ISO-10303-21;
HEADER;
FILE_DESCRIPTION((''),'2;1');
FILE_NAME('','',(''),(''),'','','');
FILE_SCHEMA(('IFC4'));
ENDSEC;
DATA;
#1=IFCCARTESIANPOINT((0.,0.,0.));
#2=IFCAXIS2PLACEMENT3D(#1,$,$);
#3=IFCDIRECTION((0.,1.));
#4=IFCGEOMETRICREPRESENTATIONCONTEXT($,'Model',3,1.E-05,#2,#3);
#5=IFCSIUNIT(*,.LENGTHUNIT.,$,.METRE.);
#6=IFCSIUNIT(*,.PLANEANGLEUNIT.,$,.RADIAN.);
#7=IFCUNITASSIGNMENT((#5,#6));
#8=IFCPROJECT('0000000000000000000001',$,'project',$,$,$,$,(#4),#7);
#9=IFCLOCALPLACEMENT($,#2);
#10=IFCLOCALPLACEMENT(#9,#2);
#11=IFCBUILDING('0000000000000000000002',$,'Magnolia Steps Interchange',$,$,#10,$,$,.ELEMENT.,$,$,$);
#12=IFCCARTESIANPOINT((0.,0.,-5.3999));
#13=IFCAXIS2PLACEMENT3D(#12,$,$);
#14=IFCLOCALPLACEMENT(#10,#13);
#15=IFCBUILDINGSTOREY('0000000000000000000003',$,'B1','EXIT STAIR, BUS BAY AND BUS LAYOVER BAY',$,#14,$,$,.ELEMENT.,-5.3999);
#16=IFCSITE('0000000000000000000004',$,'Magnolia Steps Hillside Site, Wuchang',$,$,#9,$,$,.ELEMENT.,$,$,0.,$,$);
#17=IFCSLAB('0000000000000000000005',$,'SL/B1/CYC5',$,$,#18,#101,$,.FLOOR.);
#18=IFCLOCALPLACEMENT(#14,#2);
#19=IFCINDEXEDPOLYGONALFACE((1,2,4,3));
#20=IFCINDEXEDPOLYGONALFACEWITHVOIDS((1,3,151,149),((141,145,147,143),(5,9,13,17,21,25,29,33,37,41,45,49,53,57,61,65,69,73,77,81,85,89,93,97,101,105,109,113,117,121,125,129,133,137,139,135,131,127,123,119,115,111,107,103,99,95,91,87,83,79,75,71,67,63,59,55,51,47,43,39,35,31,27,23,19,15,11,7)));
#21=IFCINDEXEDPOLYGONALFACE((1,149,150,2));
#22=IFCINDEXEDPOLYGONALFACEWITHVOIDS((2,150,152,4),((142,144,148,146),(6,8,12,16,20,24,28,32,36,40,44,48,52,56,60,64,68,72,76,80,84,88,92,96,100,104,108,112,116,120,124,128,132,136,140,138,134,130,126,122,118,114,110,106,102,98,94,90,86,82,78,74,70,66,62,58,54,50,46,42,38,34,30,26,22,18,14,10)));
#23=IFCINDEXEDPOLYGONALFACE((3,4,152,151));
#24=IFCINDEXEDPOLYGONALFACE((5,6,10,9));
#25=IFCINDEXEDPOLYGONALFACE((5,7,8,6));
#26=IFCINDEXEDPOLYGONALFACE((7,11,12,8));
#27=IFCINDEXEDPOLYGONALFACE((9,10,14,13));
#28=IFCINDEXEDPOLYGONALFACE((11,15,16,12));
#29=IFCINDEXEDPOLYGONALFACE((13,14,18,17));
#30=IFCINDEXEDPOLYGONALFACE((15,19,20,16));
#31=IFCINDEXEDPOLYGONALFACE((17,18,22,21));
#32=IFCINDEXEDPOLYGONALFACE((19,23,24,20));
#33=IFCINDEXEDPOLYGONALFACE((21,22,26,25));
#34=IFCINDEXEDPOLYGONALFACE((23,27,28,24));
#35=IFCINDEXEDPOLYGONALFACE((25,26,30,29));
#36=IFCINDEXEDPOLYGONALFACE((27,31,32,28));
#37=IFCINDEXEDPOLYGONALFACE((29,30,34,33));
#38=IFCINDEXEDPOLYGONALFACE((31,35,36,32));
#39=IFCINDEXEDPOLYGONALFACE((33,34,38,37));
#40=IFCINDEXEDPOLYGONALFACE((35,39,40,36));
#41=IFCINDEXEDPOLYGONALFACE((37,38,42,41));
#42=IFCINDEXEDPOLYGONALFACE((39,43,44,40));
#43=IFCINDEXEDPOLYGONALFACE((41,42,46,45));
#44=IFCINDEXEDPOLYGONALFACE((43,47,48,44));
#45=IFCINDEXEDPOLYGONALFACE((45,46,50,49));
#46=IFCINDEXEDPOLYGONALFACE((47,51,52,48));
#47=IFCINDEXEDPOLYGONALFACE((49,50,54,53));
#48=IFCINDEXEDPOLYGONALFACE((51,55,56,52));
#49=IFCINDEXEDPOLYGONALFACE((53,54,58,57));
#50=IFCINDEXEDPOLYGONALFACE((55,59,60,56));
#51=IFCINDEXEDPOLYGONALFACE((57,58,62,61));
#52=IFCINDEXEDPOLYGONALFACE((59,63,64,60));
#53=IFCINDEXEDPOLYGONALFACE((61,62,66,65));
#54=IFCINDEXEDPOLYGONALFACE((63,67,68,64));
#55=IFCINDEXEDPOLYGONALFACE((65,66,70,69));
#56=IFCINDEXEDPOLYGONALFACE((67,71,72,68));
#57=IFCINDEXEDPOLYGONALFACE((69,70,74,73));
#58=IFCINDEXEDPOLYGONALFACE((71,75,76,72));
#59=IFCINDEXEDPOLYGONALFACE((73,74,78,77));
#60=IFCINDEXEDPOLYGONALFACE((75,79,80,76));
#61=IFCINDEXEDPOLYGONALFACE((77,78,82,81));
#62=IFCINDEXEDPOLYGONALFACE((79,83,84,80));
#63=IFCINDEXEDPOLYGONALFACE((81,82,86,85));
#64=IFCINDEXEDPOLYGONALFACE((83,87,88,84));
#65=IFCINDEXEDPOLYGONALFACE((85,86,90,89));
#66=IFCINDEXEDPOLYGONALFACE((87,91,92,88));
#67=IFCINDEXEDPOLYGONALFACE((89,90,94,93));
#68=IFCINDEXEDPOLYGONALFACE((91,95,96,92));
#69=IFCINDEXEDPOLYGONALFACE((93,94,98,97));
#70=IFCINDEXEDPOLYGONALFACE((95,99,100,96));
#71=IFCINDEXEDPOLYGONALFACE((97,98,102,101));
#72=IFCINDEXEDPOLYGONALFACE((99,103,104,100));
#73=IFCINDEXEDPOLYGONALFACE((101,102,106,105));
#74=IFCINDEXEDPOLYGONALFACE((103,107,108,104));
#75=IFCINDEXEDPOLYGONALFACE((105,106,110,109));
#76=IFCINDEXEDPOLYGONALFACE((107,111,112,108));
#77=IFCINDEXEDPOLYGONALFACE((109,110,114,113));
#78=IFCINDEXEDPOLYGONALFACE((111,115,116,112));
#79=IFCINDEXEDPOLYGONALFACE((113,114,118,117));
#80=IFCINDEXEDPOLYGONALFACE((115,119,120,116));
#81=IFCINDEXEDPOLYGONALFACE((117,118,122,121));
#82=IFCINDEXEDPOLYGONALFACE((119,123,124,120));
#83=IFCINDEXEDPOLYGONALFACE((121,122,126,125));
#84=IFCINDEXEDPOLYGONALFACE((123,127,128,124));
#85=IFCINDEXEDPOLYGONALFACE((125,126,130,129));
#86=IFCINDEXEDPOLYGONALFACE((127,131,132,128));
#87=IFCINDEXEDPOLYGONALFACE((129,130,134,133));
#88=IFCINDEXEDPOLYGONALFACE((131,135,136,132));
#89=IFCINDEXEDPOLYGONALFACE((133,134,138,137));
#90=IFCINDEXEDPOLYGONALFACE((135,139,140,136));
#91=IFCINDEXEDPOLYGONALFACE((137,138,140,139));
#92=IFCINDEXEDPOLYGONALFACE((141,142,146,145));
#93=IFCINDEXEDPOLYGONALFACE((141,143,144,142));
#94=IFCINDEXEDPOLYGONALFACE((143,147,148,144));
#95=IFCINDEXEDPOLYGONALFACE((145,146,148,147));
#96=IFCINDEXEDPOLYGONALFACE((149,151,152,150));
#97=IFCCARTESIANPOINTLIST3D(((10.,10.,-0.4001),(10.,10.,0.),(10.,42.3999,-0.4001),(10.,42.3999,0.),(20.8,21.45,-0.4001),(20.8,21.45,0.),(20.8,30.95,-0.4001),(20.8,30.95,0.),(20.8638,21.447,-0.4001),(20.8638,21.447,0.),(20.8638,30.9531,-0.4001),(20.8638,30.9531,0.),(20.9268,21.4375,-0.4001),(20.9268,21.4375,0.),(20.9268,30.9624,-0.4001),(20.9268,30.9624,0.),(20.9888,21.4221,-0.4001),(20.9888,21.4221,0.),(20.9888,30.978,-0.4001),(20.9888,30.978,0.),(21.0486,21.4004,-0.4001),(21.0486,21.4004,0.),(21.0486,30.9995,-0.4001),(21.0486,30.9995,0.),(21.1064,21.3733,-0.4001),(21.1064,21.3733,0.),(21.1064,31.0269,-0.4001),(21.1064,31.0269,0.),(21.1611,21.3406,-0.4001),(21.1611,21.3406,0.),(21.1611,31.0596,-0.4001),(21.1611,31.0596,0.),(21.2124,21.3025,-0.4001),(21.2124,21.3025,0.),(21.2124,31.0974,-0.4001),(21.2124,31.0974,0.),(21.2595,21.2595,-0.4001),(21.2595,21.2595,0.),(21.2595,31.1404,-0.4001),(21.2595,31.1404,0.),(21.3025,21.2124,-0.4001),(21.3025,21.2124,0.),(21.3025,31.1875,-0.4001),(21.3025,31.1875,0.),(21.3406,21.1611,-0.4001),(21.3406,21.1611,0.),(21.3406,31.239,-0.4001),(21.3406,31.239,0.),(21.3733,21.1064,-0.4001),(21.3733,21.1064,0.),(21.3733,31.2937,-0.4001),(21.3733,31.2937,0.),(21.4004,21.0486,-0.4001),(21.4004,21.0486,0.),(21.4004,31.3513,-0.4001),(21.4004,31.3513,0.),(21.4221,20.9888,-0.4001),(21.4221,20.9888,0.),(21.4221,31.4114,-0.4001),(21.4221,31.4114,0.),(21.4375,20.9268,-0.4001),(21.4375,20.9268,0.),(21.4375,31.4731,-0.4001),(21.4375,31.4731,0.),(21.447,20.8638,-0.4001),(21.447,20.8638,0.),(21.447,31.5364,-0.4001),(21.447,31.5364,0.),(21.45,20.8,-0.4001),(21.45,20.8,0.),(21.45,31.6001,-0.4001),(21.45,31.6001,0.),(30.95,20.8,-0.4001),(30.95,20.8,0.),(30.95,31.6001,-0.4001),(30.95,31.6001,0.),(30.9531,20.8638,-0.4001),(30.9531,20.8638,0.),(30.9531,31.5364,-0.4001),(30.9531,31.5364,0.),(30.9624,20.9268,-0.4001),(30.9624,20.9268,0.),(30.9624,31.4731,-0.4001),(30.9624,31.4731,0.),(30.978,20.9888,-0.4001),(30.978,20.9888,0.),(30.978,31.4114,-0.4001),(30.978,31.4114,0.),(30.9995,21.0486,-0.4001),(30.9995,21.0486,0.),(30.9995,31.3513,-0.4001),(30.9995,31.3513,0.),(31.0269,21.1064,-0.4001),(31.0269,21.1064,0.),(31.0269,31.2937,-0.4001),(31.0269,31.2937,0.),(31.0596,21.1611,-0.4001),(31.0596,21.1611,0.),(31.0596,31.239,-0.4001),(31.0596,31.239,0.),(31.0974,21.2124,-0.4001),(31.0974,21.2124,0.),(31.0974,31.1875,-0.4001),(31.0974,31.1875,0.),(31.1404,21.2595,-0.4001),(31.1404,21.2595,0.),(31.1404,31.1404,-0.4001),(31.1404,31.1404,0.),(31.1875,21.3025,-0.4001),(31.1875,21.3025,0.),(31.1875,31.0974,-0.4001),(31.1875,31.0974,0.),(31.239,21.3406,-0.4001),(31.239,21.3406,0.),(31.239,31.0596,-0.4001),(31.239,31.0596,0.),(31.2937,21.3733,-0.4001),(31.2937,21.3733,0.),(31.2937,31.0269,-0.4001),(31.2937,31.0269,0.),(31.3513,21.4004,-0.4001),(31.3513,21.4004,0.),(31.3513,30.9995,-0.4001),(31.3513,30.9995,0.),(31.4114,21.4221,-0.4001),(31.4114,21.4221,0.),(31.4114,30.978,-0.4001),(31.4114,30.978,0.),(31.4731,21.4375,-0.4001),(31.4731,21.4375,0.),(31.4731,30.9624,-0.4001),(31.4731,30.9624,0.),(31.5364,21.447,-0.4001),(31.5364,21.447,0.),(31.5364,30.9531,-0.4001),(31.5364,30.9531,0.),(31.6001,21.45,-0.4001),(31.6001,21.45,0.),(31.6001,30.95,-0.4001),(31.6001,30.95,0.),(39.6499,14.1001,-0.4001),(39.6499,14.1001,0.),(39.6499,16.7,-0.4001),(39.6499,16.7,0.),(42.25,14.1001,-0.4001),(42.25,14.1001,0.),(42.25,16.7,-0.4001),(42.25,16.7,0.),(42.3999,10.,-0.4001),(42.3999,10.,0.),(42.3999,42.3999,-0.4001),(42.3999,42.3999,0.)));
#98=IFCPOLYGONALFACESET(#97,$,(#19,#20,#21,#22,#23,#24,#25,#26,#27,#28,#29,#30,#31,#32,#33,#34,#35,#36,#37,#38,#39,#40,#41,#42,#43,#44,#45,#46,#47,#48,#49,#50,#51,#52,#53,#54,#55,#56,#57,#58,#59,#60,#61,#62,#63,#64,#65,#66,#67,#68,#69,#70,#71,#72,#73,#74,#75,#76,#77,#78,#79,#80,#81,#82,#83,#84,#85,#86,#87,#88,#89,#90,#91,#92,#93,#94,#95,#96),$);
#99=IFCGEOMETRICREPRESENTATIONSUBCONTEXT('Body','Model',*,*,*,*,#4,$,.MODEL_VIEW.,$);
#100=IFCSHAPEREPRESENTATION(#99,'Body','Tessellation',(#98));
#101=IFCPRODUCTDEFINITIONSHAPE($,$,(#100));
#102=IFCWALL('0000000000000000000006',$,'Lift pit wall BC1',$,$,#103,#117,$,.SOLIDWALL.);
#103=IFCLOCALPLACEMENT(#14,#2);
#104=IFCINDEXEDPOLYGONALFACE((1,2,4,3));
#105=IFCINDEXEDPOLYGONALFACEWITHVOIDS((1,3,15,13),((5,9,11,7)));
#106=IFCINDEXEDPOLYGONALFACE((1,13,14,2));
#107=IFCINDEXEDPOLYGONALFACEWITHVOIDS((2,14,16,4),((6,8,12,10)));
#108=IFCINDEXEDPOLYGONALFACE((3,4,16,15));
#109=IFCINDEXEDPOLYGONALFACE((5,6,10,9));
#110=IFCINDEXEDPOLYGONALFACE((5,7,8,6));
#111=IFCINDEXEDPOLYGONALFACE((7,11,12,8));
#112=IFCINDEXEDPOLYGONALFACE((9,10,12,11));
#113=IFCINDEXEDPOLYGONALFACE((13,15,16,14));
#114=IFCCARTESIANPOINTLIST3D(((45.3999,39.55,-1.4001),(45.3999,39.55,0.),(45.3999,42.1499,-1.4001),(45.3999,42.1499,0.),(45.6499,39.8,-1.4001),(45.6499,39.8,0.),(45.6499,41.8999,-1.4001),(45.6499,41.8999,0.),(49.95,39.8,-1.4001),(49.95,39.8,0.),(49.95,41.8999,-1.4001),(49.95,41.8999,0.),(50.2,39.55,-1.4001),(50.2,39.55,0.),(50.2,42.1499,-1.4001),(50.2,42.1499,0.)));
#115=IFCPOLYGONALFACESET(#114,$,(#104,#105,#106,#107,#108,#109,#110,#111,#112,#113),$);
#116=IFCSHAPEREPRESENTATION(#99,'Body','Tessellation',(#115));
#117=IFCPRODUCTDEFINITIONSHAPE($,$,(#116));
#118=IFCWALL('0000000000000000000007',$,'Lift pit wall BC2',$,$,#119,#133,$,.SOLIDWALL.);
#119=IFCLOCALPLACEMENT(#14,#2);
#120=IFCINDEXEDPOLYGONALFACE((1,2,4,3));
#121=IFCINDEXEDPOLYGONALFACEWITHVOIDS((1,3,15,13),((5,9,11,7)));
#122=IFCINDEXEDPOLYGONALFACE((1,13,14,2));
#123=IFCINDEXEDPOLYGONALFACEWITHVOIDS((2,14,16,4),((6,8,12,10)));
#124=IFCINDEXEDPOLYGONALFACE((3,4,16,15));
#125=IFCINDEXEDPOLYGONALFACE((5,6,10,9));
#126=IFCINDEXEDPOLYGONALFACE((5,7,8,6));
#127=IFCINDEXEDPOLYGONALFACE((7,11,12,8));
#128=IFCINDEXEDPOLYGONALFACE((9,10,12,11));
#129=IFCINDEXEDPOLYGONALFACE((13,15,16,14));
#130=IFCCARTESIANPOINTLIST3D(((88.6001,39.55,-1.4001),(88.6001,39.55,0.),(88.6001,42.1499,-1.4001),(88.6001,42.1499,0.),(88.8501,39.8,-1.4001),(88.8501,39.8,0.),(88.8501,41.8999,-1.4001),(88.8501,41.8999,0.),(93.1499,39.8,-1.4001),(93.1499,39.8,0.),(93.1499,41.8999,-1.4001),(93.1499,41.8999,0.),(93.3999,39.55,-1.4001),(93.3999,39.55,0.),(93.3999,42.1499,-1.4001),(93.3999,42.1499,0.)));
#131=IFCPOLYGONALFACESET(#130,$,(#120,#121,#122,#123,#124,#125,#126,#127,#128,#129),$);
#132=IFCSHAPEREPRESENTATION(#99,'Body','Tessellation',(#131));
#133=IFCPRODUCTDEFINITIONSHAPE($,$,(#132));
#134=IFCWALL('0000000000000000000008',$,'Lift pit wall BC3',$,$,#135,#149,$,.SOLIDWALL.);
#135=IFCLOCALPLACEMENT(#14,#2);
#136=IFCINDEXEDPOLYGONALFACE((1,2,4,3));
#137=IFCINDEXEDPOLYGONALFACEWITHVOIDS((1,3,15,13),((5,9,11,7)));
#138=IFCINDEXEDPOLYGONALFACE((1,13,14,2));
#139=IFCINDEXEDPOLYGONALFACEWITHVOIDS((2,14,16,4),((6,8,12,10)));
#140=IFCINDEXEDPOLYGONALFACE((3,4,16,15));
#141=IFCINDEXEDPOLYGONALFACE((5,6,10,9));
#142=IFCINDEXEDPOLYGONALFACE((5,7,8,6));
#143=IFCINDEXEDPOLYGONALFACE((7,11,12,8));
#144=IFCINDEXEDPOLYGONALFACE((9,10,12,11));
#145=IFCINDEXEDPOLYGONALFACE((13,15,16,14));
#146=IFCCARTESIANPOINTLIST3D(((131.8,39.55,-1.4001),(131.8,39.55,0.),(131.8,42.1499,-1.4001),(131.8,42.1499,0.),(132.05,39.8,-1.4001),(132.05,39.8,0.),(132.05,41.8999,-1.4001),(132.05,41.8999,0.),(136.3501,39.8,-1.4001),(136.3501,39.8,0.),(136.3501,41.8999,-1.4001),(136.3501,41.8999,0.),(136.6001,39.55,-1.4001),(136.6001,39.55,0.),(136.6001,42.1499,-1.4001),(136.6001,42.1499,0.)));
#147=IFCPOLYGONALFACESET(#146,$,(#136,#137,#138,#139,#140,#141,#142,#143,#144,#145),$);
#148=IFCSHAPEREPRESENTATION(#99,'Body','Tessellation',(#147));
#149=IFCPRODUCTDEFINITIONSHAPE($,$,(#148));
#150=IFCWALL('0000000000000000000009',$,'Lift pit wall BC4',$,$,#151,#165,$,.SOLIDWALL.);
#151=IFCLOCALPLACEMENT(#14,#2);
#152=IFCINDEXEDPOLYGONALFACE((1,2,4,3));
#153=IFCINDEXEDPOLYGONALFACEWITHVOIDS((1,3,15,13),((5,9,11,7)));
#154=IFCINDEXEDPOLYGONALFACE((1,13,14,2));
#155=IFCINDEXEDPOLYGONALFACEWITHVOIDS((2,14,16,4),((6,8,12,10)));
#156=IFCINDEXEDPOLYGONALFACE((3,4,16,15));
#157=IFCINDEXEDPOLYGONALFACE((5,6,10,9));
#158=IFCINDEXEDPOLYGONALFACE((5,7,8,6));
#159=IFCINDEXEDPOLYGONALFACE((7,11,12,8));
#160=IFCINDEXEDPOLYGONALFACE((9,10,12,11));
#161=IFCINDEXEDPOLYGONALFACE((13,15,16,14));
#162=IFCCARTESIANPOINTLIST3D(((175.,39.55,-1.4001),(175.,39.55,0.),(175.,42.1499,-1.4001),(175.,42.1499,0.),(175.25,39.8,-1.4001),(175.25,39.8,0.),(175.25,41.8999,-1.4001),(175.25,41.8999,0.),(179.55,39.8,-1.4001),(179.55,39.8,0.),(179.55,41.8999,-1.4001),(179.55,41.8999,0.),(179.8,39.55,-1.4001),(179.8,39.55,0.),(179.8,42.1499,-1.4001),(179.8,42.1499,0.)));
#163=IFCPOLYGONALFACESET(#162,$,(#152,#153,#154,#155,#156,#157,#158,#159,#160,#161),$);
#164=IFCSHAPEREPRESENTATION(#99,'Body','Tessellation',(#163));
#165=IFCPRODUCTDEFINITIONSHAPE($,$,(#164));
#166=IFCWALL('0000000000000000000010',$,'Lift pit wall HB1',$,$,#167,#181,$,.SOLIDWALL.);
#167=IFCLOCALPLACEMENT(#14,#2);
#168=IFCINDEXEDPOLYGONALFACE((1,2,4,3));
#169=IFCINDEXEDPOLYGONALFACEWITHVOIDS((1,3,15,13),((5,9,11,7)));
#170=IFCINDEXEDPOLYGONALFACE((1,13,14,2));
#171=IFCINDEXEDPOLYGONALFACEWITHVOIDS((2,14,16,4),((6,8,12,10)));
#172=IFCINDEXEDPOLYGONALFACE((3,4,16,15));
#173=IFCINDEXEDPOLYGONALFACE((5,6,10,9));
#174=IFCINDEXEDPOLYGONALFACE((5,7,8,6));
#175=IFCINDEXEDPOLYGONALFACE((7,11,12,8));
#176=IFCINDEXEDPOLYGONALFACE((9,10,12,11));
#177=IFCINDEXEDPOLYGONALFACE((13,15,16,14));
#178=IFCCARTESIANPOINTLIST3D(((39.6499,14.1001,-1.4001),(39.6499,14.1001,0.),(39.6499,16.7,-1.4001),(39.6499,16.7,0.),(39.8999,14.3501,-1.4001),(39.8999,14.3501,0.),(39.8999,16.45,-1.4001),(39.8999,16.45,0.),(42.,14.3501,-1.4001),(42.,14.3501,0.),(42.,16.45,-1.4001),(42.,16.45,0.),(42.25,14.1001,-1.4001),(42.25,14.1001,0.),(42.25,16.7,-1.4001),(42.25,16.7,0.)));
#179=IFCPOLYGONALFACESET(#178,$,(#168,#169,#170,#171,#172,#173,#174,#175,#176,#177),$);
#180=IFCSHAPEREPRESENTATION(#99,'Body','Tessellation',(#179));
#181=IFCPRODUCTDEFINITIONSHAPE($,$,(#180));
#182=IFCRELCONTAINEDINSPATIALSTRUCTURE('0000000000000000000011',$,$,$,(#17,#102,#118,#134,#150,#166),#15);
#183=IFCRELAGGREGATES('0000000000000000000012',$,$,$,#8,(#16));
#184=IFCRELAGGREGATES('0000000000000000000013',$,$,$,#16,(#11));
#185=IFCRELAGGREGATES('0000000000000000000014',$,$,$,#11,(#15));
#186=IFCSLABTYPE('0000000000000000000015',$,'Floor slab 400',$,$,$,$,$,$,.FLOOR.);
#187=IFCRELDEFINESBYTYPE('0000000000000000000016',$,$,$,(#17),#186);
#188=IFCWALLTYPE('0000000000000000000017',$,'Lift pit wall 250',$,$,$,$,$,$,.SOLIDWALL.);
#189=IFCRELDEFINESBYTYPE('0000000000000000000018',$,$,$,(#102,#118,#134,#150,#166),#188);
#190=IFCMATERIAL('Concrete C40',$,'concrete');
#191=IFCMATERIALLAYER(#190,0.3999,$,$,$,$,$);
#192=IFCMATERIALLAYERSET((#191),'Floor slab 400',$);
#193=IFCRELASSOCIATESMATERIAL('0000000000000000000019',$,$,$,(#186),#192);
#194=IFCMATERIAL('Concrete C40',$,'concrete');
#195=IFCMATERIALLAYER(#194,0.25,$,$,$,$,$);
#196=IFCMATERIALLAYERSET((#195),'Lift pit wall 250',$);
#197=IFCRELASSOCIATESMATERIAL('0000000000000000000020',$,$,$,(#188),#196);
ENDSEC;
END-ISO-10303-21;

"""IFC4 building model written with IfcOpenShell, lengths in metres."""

from ifc_helpers import new_model, si_unit, direction, frame, origin, place, context, subcontext, project, spatial, polyline, outline, extrude, material, layer, layer_set, type_object, element, save


model = new_model("IFC4")

# Units and contexts
model_context = context("Model", 3, precision=1e-05, world=origin(), true_north=direction((0.0, 1.0)))
body_context = subcontext(model_context, "Body", "Model", "MODEL_VIEW")
ifc_project = project(units=[si_unit("LENGTHUNIT", "METRE"), si_unit("PLANEANGLEUNIT", "RADIAN")], contexts=[model_context])

# Site, building, storey
site_placement = place(None, origin())
site = spatial("IfcSite", under=ifc_project, at=site_placement, Name="Magnolia Steps Hillside Site, Wuchang", CompositionType="ELEMENT", RefElevation=0.0)
building_placement = place(site_placement, origin())
building = spatial("IfcBuilding", under=site, at=building_placement, Name="Magnolia Steps Interchange", CompositionType="ELEMENT")
storey_placement = place(building_placement, frame((0.0, 0.0, -5.3999)))
storey = spatial("IfcBuildingStorey", under=building, at=storey_placement, Name="B1", Description="EXIT STAIR, BUS BAY AND BUS LAYOVER BAY", CompositionType="ELEMENT", Elevation=-5.3999)

# Slab
ifc_material_1 = material(Name="Concrete C40", Category="concrete")
ifc_layer_1 = layer(ifc_material_1, 0.3999)
ifc_layer_set_1 = layer_set([ifc_layer_1], Name="Floor slab 400")
slab_type = type_object("IfcSlabType", Name="Floor slab 400", PredefinedType="FLOOR", material=ifc_layer_set_1)
slab_1_placement = place(storey_placement, frame((0.0, 0.0, -0.4001)))
element("IfcSlab", 1, at=slab_1_placement, inside=storey, type_object=slab_type, Name="SL/B1/CYC5", PredefinedType="FLOOR", context=body_context, shape_type="SweptSolid", body=[
    extrude(outline(polyline([(10.0, 10.0), (42.3999, 10.0), (42.3999, 42.3999), (10.0, 42.3999), (10.0, 10.0)]), holes=[polyline([(42.25, 16.7), (39.6499, 16.7), (39.6499, 14.1001), (42.25, 14.1001), (42.25, 16.7)]), polyline([(21.45, 31.6001), (21.447, 31.5364), (21.4375, 31.4731), (21.4221, 31.4114), (21.4004, 31.3513), (21.3733, 31.2937), (21.3406, 31.239), (21.3025, 31.1875), (21.2595, 31.1404), (21.2124, 31.0974), (21.1611, 31.0596), (21.1064, 31.0269), (21.0486, 30.9995), (20.9888, 30.978), (20.9268, 30.9624), (20.8638, 30.9531), (20.8, 30.95), (20.8, 21.45), (20.8638, 21.447), (20.9268, 21.4375), (20.9888, 21.4221), (21.0486, 21.4004), (21.1064, 21.3733), (21.1611, 21.3406), (21.2124, 21.3025), (21.2595, 21.2595), (21.3025, 21.2124), (21.3406, 21.1611), (21.3733, 21.1064), (21.4004, 21.0486), (21.4221, 20.9888), (21.4375, 20.9268), (21.447, 20.8638), (21.45, 20.8), (30.95, 20.8), (30.9531, 20.8638), (30.9624, 20.9268), (30.978, 20.9888), (30.9995, 21.0486), (31.0269, 21.1064), (31.0596, 21.1611), (31.0974, 21.2124), (31.1404, 21.2595), (31.1875, 21.3025), (31.239, 21.3406), (31.2937, 21.3733), (31.3513, 21.4004), (31.4114, 21.4221), (31.4731, 21.4375), (31.5364, 21.447), (31.6001, 21.45), (31.6001, 30.95), (31.5364, 30.9531), (31.4731, 30.9624), (31.4114, 30.978), (31.3513, 30.9995), (31.2937, 31.0269), (31.239, 31.0596), (31.1875, 31.0974), (31.1404, 31.1404), (31.0974, 31.1875), (31.0596, 31.239), (31.0269, 31.2937), (30.9995, 31.3513), (30.978, 31.4114), (30.9624, 31.4731), (30.9531, 31.5364), (30.95, 31.6001), (21.45, 31.6001)])]), origin(), (0.0, 0.0, 1.0), 0.4001),
])

# Walls
ifc_material_2 = material(Name="Concrete C40", Category="concrete")
ifc_layer_2 = layer(ifc_material_2, 0.25)
ifc_layer_set_2 = layer_set([ifc_layer_2], Name="Lift pit wall 250")
wall_type = type_object("IfcWallType", Name="Lift pit wall 250", PredefinedType="SOLIDWALL", material=ifc_layer_set_2)
wall_1_placement = place(storey_placement, frame((0.0, 0.0, -1.4001)))
element("IfcWall", 2, at=wall_1_placement, inside=storey, type_object=wall_type, Name="Lift pit wall BC1", PredefinedType="SOLIDWALL", context=body_context, shape_type="SweptSolid", body=[
    extrude(outline(polyline([(45.3999, 39.55), (50.2, 39.55), (50.2, 42.1499), (45.3999, 42.1499), (45.3999, 39.55)]), holes=[polyline([(49.95, 39.8), (49.95, 41.8999), (45.6499, 41.8999), (45.6499, 39.8), (49.95, 39.8)])]), origin(), (0.0, 0.0, 1.0), 1.4001),
])
wall_2_placement = place(storey_placement, frame((0.0, 0.0, -1.4001)))
element("IfcWall", 3, at=wall_2_placement, inside=storey, type_object=wall_type, Name="Lift pit wall BC2", PredefinedType="SOLIDWALL", context=body_context, shape_type="SweptSolid", body=[
    extrude(outline(polyline([(88.6001, 39.55), (93.3999, 39.55), (93.3999, 42.1499), (88.6001, 42.1499), (88.6001, 39.55)]), holes=[polyline([(93.1499, 39.8), (93.1499, 41.8999), (88.8501, 41.8999), (88.8501, 39.8), (93.1499, 39.8)])]), origin(), (0.0, 0.0, 1.0), 1.4001),
])
wall_3_placement = place(storey_placement, frame((0.0, 0.0, -1.4001)))
element("IfcWall", 4, at=wall_3_placement, inside=storey, type_object=wall_type, Name="Lift pit wall BC3", PredefinedType="SOLIDWALL", context=body_context, shape_type="SweptSolid", body=[
    extrude(outline(polyline([(131.8, 39.55), (136.6001, 39.55), (136.6001, 42.1499), (131.8, 42.1499), (131.8, 39.55)]), holes=[polyline([(136.3501, 39.8), (136.3501, 41.8999), (132.05, 41.8999), (132.05, 39.8), (136.3501, 39.8)])]), origin(), (0.0, 0.0, 1.0), 1.4001),
])
wall_4_placement = place(storey_placement, frame((0.0, 0.0, -1.4001)))
element("IfcWall", 5, at=wall_4_placement, inside=storey, type_object=wall_type, Name="Lift pit wall BC4", PredefinedType="SOLIDWALL", context=body_context, shape_type="SweptSolid", body=[
    extrude(outline(polyline([(175.0, 39.55), (179.8, 39.55), (179.8, 42.1499), (175.0, 42.1499), (175.0, 39.55)]), holes=[polyline([(179.55, 39.8), (179.55, 41.8999), (175.25, 41.8999), (175.25, 39.8), (179.55, 39.8)])]), origin(), (0.0, 0.0, 1.0), 1.4001),
])
wall_5_placement = place(storey_placement, frame((0.0, 0.0, -1.4001)))
element("IfcWall", 6, at=wall_5_placement, inside=storey, type_object=wall_type, Name="Lift pit wall HB1", PredefinedType="SOLIDWALL", context=body_context, shape_type="SweptSolid", body=[
    extrude(outline(polyline([(39.6499, 16.7), (39.6499, 14.1001), (42.25, 14.1001), (42.25, 16.7), (39.6499, 16.7)]), holes=[polyline([(39.8999, 14.3501), (42.0, 14.3501), (42.0, 16.45), (39.8999, 16.45), (39.8999, 14.3501)])]), origin(), (0.0, 0.0, 1.0), 1.4001),
])

save(model, "model.ifc")
